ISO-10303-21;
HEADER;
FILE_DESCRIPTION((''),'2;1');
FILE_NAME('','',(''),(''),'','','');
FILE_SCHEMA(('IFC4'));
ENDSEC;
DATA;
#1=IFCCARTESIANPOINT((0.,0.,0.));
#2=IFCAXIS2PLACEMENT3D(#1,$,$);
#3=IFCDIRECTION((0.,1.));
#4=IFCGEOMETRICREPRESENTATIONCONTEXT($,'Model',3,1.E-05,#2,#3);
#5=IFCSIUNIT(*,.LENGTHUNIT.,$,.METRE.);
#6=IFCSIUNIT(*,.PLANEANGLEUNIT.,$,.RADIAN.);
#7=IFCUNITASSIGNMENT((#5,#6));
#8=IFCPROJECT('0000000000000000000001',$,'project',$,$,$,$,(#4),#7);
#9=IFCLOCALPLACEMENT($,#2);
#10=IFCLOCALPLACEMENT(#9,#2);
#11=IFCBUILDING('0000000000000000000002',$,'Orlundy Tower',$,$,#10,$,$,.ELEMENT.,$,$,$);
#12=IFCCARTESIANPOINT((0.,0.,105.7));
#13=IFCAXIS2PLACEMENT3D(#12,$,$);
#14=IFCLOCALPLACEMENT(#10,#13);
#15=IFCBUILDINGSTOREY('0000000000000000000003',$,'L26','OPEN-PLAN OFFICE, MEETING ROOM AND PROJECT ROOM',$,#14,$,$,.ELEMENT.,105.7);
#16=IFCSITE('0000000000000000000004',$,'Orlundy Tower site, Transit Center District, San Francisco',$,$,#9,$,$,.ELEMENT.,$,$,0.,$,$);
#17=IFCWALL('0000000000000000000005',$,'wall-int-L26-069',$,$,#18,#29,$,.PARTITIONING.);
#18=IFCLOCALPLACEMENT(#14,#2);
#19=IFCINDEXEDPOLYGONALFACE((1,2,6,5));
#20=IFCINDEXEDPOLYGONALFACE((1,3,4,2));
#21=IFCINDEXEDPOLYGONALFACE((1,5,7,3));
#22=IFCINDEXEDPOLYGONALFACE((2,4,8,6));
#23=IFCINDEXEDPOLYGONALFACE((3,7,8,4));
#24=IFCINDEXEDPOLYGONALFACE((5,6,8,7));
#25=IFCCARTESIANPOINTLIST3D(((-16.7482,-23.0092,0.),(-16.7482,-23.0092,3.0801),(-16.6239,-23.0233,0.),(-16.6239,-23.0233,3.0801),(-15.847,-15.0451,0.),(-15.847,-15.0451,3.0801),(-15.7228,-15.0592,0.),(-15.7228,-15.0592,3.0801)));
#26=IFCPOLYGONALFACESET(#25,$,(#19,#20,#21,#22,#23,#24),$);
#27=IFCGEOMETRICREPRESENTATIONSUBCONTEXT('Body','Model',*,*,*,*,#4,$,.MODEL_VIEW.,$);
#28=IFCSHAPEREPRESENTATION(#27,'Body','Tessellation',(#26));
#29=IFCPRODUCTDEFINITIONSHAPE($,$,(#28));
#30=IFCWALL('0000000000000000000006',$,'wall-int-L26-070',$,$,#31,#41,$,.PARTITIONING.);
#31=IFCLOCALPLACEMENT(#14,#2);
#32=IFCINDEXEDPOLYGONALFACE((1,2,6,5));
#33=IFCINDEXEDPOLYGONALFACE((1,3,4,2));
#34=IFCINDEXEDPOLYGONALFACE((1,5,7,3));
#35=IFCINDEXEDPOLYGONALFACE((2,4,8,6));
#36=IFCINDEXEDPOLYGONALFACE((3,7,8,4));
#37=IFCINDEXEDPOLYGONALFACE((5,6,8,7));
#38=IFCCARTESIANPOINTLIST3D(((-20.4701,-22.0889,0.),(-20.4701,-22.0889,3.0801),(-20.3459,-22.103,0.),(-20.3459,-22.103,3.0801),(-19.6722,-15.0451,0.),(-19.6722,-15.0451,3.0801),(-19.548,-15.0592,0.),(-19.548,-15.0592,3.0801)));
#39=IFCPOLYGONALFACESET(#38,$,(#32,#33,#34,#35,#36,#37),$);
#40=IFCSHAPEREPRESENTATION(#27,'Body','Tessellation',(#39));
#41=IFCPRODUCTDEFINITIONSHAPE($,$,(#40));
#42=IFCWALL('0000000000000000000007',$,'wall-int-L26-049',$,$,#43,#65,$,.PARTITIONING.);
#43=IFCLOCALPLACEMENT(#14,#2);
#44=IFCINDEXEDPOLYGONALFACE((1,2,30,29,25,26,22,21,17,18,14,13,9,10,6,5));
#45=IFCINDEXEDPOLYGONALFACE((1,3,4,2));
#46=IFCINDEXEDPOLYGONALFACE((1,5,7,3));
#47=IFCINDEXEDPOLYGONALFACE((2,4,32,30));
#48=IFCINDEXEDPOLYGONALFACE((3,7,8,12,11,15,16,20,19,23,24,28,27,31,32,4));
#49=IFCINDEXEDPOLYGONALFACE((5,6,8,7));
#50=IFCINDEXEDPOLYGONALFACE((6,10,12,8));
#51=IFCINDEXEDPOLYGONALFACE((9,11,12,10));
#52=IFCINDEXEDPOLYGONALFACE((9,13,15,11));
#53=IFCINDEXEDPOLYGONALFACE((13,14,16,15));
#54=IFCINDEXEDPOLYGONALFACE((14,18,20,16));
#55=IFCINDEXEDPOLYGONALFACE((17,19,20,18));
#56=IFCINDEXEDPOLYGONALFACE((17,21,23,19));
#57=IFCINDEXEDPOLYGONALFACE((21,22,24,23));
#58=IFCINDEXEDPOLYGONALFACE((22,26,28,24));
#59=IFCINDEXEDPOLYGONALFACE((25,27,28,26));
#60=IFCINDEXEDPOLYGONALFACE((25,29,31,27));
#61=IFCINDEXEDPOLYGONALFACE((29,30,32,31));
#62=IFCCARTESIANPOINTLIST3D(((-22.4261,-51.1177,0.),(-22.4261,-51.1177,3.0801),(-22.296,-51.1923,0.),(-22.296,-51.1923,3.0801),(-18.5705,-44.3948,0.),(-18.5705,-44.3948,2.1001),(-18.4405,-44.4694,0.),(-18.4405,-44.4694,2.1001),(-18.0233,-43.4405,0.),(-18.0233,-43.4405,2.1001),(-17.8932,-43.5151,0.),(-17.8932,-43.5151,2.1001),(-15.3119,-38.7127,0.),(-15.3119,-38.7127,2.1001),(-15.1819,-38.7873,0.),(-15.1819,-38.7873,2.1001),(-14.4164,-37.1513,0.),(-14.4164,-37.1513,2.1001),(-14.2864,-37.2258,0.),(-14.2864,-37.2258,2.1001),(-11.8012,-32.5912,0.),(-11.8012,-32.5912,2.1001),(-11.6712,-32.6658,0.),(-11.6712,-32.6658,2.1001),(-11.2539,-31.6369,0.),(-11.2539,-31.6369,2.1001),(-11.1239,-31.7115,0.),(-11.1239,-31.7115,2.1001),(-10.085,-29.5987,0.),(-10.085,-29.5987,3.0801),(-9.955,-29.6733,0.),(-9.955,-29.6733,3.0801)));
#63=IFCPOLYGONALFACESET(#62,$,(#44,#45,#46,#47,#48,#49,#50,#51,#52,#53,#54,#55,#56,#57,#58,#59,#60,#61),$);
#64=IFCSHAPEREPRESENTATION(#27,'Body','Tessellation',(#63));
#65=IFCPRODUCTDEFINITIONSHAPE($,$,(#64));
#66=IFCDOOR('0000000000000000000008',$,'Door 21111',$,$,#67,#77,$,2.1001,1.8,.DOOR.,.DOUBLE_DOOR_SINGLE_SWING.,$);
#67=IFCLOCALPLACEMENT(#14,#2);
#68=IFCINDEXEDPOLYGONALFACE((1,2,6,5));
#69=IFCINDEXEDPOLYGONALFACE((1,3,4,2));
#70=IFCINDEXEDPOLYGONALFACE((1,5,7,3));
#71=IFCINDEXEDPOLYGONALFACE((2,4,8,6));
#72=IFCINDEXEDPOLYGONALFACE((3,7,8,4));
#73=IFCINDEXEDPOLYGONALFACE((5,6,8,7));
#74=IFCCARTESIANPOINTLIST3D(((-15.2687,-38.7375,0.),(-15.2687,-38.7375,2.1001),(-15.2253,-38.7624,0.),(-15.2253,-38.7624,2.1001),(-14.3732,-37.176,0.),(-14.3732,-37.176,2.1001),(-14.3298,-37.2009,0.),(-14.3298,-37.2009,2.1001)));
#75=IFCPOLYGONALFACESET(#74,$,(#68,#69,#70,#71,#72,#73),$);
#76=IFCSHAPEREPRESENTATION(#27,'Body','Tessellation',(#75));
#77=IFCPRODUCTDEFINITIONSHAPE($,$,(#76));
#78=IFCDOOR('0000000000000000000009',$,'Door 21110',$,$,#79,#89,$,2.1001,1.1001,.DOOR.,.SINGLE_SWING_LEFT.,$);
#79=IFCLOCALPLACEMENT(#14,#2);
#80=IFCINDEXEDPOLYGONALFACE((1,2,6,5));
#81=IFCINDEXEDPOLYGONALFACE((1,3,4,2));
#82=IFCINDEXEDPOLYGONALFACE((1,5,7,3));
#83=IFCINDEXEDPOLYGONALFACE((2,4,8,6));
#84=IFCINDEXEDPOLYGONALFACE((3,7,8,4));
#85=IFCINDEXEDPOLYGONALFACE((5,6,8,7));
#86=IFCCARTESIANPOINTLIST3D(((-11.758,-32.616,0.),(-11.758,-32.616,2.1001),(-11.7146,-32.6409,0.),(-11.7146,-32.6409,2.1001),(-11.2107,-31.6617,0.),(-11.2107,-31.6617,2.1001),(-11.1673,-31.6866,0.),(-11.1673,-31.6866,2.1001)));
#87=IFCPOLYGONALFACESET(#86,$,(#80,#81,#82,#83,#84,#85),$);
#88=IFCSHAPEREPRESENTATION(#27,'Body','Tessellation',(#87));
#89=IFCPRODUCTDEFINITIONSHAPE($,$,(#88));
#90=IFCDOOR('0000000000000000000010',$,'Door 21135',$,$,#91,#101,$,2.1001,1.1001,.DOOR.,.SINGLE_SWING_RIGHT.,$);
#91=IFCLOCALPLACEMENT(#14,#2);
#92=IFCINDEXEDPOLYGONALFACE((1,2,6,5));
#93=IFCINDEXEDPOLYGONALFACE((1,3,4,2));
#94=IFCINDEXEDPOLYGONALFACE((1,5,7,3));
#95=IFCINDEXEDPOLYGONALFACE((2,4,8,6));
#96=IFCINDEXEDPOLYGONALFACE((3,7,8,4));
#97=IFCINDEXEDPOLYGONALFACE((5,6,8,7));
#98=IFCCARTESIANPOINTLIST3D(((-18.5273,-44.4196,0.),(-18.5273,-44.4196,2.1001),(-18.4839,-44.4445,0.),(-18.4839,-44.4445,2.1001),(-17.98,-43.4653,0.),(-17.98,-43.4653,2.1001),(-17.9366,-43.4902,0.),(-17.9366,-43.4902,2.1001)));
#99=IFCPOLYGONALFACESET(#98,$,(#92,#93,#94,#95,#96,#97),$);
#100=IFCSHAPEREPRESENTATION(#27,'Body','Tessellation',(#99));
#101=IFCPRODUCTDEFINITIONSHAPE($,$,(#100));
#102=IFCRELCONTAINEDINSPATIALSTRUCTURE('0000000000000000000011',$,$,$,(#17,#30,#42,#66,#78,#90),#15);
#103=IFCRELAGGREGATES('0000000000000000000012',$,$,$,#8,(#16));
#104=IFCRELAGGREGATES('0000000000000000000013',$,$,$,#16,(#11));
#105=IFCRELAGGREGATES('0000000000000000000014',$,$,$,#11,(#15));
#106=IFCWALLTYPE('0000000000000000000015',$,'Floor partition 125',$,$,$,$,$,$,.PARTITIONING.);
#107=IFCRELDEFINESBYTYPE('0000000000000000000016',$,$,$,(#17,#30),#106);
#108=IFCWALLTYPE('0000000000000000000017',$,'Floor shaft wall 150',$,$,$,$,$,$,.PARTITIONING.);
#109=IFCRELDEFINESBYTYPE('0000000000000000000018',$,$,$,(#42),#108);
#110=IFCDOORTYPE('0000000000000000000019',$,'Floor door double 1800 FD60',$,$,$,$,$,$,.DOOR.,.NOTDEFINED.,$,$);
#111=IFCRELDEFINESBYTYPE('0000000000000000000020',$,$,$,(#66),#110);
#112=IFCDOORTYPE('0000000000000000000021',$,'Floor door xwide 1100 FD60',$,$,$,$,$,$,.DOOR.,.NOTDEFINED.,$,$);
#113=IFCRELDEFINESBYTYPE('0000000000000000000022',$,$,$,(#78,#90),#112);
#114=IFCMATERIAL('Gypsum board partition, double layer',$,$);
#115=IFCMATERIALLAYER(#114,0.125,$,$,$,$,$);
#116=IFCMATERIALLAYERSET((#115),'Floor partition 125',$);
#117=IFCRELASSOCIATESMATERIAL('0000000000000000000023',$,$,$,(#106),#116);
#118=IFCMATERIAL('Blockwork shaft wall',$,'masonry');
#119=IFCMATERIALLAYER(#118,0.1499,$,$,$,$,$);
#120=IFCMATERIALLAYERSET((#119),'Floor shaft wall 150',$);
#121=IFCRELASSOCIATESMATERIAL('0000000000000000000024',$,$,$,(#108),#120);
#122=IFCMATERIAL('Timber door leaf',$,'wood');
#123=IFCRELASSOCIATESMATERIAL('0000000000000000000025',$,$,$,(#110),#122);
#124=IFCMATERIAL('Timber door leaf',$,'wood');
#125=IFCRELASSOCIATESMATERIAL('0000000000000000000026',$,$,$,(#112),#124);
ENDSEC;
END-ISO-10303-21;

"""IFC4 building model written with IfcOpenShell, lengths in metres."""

from ifc_helpers import new_model, si_unit, direction, frame, frame_2d, origin, place, context, subcontext, project, spatial, rectangle, extrude, material, layer, layer_set, type_object, element, fill, save


model = new_model("IFC4")

# Units and contexts
model_context = context("Model", 3, precision=1e-05, world=origin(), true_north=direction((0.0, 1.0)))
body_context = subcontext(model_context, "Body", "Model", "MODEL_VIEW")
ifc_project = project(units=[si_unit("LENGTHUNIT", "METRE"), si_unit("PLANEANGLEUNIT", "RADIAN")], contexts=[model_context])

# Site, building, storey
site_placement = place(None, origin())
site = spatial("IfcSite", under=ifc_project, at=site_placement, Name="Orlundy Tower site, Transit Center District, San Francisco", CompositionType="ELEMENT", RefElevation=0.0)
building_placement = place(site_placement, origin())
building = spatial("IfcBuilding", under=site, at=building_placement, Name="Orlundy Tower", CompositionType="ELEMENT")
storey_placement = place(building_placement, frame((0.0, 0.0, 105.7)))
storey = spatial("IfcBuildingStorey", under=building, at=storey_placement, Name="L26", Description="OPEN-PLAN OFFICE, MEETING ROOM AND PROJECT ROOM", CompositionType="ELEMENT", Elevation=105.7)

# Shared definitions
ifc_material_1 = material(Name="Gypsum board partition, double layer")
ifc_layer_1 = layer(ifc_material_1, 0.125)
ifc_layer_set_1 = layer_set([ifc_layer_1], Name="Floor partition 125")
wall_type_1 = type_object("IfcWallType", Name="Floor partition 125", PredefinedType="PARTITIONING", material=ifc_layer_set_1)

# Walls
wall_1_placement = place(storey_placement, frame((-16.686, -23.0161, 0.0), z_axis=(0.0, 0.0, 1.0), x_axis=(0.112431, 0.99366, 0.0)))
element("IfcWall", 1, at=wall_1_placement, inside=storey, type_object=wall_type_1, Name="wall-int-L26-069", PredefinedType="PARTITIONING", context=body_context, shape_type="SweptSolid", body=[
    extrude(rectangle(XDim=8.0149, YDim=0.125, at=frame_2d((4.0073, 0.0))), origin(), (0.0, 0.0, 1.0), 3.0801),
])
wall_2_placement = place(storey_placement, frame((-20.408, -22.0959, 0.0), z_axis=(0.0, 0.0, 1.0), x_axis=(0.112548, 0.993646, 0.0)))
element("IfcWall", 2, at=wall_2_placement, inside=storey, type_object=wall_type_1, Name="wall-int-L26-070", PredefinedType="PARTITIONING", context=body_context, shape_type="SweptSolid", body=[
    extrude(rectangle(XDim=7.0889, YDim=0.125, at=frame_2d((3.5444, 0.0))), origin(), (0.0, 0.0, 1.0), 3.0801),
])

# Wall, openings, doors
ifc_material_2 = material(Name="Blockwork shaft wall", Category="masonry")
ifc_layer_2 = layer(ifc_material_2, 0.1499)
ifc_layer_set_2 = layer_set([ifc_layer_2], Name="Floor shaft wall 150")
wall_type_2 = type_object("IfcWallType", Name="Floor shaft wall 150", PredefinedType="PARTITIONING", material=ifc_layer_set_2)
wall_3_placement = place(storey_placement, frame((-10.02, -29.636, 0.0), z_axis=(0.0, 0.0, 1.0), x_axis=(-0.49749, -0.86747, 0.0)))
wall_3 = element("IfcWall", 3, at=wall_3_placement, inside=storey, type_object=wall_type_2, Name="wall-int-L26-049", PredefinedType="PARTITIONING", context=body_context, shape_type="SweptSolid", body=[
    extrude(rectangle(XDim=24.8066, YDim=0.1499, at=frame_2d((12.4033, 0.0))), origin(), (0.0, 0.0, 1.0), 3.0801),
])
opening_1_placement = place(wall_3_placement, frame((2.3496, 0.0, 0.0)))
opening_1 = element("IfcOpeningElement", 4, at=opening_1_placement, cuts=wall_3, PredefinedType="OPENING", context=body_context, shape_type="SweptSolid", body=[
    extrude(rectangle(XDim=1.1001, YDim=2.1001, at=frame_2d((0.55, 1.05))), frame((0.0, 0.085, 0.0), z_axis=(0.0, -1.0, 0.0), x_axis=(1.0, 0.0, 0.0)), (0.0, 0.0, 1.0), 0.1699),
])
opening_2_placement = place(wall_3_placement, frame((8.7065, 0.0, 0.0)))
opening_2 = element("IfcOpeningElement", 5, at=opening_2_placement, cuts=wall_3, PredefinedType="OPENING", context=body_context, shape_type="SweptSolid", body=[
    extrude(rectangle(XDim=1.8, YDim=2.1001, at=frame_2d((0.8999, 1.05))), frame((0.0, 0.085, 0.0), z_axis=(0.0, -1.0, 0.0), x_axis=(1.0, 0.0, 0.0)), (0.0, 0.0, 1.0), 0.1699),
])
opening_3_placement = place(wall_3_placement, frame((15.9565, 0.0, 0.0)))
opening_3 = element("IfcOpeningElement", 6, at=opening_3_placement, cuts=wall_3, PredefinedType="OPENING", context=body_context, shape_type="SweptSolid", body=[
    extrude(rectangle(XDim=1.1001, YDim=2.1001, at=frame_2d((0.55, 1.05))), frame((0.0, 0.085, 0.0), z_axis=(0.0, -1.0, 0.0), x_axis=(1.0, 0.0, 0.0)), (0.0, 0.0, 1.0), 0.1699),
])
ifc_material_3 = material(Name="Timber door leaf", Category="wood")
door_type_1 = type_object("IfcDoorType", Name="Floor door double 1800 FD60", OperationType="NOTDEFINED", PredefinedType="DOOR", material=ifc_material_3)
door_1_placement = place(opening_2_placement, origin())
door_1 = element("IfcDoor", 7, at=door_1_placement, inside=storey, type_object=door_type_1, Name="Door 21111", OperationType="DOUBLE_DOOR_SINGLE_SWING", OverallHeight=2.1001, OverallWidth=1.8, PredefinedType="DOOR", context=body_context, shape_type="SweptSolid", body=[
    extrude(rectangle(XDim=1.8, YDim=2.1001, at=frame_2d((0.8999, 1.05))), frame((0.0, 0.0249, 0.0), z_axis=(0.0, -1.0, 0.0), x_axis=(1.0, 0.0, 0.0)), (0.0, 0.0, 1.0), 0.05),
])
fill(opening_2, door_1)
ifc_material_4 = material(Name="Timber door leaf", Category="wood")
door_type_2 = type_object("IfcDoorType", Name="Floor door xwide 1100 FD60", OperationType="NOTDEFINED", PredefinedType="DOOR", material=ifc_material_4)
door_2_placement = place(opening_1_placement, origin())
door_2 = element("IfcDoor", 8, at=door_2_placement, inside=storey, type_object=door_type_2, Name="Door 21110", OperationType="SINGLE_SWING_LEFT", OverallHeight=2.1001, OverallWidth=1.1001, PredefinedType="DOOR", context=body_context, shape_type="SweptSolid", body=[
    extrude(rectangle(XDim=1.1001, YDim=2.1001, at=frame_2d((0.55, 1.05))), frame((0.0, 0.0249, 0.0), z_axis=(0.0, -1.0, 0.0), x_axis=(1.0, 0.0, 0.0)), (0.0, 0.0, 1.0), 0.05),
])
fill(opening_1, door_2)
door_3_placement = place(opening_3_placement, origin())
door_3 = element("IfcDoor", 9, at=door_3_placement, inside=storey, type_object=door_type_2, Name="Door 21135", OperationType="SINGLE_SWING_RIGHT", OverallHeight=2.1001, OverallWidth=1.1001, PredefinedType="DOOR", context=body_context, shape_type="SweptSolid", body=[
    extrude(rectangle(XDim=1.1001, YDim=2.1001, at=frame_2d((0.55, 1.05))), frame((0.0, 0.0249, 0.0), z_axis=(0.0, -1.0, 0.0), x_axis=(1.0, 0.0, 0.0)), (0.0, 0.0, 1.0), 0.05),
])
fill(opening_3, door_3)

save(model, "model.ifc")
